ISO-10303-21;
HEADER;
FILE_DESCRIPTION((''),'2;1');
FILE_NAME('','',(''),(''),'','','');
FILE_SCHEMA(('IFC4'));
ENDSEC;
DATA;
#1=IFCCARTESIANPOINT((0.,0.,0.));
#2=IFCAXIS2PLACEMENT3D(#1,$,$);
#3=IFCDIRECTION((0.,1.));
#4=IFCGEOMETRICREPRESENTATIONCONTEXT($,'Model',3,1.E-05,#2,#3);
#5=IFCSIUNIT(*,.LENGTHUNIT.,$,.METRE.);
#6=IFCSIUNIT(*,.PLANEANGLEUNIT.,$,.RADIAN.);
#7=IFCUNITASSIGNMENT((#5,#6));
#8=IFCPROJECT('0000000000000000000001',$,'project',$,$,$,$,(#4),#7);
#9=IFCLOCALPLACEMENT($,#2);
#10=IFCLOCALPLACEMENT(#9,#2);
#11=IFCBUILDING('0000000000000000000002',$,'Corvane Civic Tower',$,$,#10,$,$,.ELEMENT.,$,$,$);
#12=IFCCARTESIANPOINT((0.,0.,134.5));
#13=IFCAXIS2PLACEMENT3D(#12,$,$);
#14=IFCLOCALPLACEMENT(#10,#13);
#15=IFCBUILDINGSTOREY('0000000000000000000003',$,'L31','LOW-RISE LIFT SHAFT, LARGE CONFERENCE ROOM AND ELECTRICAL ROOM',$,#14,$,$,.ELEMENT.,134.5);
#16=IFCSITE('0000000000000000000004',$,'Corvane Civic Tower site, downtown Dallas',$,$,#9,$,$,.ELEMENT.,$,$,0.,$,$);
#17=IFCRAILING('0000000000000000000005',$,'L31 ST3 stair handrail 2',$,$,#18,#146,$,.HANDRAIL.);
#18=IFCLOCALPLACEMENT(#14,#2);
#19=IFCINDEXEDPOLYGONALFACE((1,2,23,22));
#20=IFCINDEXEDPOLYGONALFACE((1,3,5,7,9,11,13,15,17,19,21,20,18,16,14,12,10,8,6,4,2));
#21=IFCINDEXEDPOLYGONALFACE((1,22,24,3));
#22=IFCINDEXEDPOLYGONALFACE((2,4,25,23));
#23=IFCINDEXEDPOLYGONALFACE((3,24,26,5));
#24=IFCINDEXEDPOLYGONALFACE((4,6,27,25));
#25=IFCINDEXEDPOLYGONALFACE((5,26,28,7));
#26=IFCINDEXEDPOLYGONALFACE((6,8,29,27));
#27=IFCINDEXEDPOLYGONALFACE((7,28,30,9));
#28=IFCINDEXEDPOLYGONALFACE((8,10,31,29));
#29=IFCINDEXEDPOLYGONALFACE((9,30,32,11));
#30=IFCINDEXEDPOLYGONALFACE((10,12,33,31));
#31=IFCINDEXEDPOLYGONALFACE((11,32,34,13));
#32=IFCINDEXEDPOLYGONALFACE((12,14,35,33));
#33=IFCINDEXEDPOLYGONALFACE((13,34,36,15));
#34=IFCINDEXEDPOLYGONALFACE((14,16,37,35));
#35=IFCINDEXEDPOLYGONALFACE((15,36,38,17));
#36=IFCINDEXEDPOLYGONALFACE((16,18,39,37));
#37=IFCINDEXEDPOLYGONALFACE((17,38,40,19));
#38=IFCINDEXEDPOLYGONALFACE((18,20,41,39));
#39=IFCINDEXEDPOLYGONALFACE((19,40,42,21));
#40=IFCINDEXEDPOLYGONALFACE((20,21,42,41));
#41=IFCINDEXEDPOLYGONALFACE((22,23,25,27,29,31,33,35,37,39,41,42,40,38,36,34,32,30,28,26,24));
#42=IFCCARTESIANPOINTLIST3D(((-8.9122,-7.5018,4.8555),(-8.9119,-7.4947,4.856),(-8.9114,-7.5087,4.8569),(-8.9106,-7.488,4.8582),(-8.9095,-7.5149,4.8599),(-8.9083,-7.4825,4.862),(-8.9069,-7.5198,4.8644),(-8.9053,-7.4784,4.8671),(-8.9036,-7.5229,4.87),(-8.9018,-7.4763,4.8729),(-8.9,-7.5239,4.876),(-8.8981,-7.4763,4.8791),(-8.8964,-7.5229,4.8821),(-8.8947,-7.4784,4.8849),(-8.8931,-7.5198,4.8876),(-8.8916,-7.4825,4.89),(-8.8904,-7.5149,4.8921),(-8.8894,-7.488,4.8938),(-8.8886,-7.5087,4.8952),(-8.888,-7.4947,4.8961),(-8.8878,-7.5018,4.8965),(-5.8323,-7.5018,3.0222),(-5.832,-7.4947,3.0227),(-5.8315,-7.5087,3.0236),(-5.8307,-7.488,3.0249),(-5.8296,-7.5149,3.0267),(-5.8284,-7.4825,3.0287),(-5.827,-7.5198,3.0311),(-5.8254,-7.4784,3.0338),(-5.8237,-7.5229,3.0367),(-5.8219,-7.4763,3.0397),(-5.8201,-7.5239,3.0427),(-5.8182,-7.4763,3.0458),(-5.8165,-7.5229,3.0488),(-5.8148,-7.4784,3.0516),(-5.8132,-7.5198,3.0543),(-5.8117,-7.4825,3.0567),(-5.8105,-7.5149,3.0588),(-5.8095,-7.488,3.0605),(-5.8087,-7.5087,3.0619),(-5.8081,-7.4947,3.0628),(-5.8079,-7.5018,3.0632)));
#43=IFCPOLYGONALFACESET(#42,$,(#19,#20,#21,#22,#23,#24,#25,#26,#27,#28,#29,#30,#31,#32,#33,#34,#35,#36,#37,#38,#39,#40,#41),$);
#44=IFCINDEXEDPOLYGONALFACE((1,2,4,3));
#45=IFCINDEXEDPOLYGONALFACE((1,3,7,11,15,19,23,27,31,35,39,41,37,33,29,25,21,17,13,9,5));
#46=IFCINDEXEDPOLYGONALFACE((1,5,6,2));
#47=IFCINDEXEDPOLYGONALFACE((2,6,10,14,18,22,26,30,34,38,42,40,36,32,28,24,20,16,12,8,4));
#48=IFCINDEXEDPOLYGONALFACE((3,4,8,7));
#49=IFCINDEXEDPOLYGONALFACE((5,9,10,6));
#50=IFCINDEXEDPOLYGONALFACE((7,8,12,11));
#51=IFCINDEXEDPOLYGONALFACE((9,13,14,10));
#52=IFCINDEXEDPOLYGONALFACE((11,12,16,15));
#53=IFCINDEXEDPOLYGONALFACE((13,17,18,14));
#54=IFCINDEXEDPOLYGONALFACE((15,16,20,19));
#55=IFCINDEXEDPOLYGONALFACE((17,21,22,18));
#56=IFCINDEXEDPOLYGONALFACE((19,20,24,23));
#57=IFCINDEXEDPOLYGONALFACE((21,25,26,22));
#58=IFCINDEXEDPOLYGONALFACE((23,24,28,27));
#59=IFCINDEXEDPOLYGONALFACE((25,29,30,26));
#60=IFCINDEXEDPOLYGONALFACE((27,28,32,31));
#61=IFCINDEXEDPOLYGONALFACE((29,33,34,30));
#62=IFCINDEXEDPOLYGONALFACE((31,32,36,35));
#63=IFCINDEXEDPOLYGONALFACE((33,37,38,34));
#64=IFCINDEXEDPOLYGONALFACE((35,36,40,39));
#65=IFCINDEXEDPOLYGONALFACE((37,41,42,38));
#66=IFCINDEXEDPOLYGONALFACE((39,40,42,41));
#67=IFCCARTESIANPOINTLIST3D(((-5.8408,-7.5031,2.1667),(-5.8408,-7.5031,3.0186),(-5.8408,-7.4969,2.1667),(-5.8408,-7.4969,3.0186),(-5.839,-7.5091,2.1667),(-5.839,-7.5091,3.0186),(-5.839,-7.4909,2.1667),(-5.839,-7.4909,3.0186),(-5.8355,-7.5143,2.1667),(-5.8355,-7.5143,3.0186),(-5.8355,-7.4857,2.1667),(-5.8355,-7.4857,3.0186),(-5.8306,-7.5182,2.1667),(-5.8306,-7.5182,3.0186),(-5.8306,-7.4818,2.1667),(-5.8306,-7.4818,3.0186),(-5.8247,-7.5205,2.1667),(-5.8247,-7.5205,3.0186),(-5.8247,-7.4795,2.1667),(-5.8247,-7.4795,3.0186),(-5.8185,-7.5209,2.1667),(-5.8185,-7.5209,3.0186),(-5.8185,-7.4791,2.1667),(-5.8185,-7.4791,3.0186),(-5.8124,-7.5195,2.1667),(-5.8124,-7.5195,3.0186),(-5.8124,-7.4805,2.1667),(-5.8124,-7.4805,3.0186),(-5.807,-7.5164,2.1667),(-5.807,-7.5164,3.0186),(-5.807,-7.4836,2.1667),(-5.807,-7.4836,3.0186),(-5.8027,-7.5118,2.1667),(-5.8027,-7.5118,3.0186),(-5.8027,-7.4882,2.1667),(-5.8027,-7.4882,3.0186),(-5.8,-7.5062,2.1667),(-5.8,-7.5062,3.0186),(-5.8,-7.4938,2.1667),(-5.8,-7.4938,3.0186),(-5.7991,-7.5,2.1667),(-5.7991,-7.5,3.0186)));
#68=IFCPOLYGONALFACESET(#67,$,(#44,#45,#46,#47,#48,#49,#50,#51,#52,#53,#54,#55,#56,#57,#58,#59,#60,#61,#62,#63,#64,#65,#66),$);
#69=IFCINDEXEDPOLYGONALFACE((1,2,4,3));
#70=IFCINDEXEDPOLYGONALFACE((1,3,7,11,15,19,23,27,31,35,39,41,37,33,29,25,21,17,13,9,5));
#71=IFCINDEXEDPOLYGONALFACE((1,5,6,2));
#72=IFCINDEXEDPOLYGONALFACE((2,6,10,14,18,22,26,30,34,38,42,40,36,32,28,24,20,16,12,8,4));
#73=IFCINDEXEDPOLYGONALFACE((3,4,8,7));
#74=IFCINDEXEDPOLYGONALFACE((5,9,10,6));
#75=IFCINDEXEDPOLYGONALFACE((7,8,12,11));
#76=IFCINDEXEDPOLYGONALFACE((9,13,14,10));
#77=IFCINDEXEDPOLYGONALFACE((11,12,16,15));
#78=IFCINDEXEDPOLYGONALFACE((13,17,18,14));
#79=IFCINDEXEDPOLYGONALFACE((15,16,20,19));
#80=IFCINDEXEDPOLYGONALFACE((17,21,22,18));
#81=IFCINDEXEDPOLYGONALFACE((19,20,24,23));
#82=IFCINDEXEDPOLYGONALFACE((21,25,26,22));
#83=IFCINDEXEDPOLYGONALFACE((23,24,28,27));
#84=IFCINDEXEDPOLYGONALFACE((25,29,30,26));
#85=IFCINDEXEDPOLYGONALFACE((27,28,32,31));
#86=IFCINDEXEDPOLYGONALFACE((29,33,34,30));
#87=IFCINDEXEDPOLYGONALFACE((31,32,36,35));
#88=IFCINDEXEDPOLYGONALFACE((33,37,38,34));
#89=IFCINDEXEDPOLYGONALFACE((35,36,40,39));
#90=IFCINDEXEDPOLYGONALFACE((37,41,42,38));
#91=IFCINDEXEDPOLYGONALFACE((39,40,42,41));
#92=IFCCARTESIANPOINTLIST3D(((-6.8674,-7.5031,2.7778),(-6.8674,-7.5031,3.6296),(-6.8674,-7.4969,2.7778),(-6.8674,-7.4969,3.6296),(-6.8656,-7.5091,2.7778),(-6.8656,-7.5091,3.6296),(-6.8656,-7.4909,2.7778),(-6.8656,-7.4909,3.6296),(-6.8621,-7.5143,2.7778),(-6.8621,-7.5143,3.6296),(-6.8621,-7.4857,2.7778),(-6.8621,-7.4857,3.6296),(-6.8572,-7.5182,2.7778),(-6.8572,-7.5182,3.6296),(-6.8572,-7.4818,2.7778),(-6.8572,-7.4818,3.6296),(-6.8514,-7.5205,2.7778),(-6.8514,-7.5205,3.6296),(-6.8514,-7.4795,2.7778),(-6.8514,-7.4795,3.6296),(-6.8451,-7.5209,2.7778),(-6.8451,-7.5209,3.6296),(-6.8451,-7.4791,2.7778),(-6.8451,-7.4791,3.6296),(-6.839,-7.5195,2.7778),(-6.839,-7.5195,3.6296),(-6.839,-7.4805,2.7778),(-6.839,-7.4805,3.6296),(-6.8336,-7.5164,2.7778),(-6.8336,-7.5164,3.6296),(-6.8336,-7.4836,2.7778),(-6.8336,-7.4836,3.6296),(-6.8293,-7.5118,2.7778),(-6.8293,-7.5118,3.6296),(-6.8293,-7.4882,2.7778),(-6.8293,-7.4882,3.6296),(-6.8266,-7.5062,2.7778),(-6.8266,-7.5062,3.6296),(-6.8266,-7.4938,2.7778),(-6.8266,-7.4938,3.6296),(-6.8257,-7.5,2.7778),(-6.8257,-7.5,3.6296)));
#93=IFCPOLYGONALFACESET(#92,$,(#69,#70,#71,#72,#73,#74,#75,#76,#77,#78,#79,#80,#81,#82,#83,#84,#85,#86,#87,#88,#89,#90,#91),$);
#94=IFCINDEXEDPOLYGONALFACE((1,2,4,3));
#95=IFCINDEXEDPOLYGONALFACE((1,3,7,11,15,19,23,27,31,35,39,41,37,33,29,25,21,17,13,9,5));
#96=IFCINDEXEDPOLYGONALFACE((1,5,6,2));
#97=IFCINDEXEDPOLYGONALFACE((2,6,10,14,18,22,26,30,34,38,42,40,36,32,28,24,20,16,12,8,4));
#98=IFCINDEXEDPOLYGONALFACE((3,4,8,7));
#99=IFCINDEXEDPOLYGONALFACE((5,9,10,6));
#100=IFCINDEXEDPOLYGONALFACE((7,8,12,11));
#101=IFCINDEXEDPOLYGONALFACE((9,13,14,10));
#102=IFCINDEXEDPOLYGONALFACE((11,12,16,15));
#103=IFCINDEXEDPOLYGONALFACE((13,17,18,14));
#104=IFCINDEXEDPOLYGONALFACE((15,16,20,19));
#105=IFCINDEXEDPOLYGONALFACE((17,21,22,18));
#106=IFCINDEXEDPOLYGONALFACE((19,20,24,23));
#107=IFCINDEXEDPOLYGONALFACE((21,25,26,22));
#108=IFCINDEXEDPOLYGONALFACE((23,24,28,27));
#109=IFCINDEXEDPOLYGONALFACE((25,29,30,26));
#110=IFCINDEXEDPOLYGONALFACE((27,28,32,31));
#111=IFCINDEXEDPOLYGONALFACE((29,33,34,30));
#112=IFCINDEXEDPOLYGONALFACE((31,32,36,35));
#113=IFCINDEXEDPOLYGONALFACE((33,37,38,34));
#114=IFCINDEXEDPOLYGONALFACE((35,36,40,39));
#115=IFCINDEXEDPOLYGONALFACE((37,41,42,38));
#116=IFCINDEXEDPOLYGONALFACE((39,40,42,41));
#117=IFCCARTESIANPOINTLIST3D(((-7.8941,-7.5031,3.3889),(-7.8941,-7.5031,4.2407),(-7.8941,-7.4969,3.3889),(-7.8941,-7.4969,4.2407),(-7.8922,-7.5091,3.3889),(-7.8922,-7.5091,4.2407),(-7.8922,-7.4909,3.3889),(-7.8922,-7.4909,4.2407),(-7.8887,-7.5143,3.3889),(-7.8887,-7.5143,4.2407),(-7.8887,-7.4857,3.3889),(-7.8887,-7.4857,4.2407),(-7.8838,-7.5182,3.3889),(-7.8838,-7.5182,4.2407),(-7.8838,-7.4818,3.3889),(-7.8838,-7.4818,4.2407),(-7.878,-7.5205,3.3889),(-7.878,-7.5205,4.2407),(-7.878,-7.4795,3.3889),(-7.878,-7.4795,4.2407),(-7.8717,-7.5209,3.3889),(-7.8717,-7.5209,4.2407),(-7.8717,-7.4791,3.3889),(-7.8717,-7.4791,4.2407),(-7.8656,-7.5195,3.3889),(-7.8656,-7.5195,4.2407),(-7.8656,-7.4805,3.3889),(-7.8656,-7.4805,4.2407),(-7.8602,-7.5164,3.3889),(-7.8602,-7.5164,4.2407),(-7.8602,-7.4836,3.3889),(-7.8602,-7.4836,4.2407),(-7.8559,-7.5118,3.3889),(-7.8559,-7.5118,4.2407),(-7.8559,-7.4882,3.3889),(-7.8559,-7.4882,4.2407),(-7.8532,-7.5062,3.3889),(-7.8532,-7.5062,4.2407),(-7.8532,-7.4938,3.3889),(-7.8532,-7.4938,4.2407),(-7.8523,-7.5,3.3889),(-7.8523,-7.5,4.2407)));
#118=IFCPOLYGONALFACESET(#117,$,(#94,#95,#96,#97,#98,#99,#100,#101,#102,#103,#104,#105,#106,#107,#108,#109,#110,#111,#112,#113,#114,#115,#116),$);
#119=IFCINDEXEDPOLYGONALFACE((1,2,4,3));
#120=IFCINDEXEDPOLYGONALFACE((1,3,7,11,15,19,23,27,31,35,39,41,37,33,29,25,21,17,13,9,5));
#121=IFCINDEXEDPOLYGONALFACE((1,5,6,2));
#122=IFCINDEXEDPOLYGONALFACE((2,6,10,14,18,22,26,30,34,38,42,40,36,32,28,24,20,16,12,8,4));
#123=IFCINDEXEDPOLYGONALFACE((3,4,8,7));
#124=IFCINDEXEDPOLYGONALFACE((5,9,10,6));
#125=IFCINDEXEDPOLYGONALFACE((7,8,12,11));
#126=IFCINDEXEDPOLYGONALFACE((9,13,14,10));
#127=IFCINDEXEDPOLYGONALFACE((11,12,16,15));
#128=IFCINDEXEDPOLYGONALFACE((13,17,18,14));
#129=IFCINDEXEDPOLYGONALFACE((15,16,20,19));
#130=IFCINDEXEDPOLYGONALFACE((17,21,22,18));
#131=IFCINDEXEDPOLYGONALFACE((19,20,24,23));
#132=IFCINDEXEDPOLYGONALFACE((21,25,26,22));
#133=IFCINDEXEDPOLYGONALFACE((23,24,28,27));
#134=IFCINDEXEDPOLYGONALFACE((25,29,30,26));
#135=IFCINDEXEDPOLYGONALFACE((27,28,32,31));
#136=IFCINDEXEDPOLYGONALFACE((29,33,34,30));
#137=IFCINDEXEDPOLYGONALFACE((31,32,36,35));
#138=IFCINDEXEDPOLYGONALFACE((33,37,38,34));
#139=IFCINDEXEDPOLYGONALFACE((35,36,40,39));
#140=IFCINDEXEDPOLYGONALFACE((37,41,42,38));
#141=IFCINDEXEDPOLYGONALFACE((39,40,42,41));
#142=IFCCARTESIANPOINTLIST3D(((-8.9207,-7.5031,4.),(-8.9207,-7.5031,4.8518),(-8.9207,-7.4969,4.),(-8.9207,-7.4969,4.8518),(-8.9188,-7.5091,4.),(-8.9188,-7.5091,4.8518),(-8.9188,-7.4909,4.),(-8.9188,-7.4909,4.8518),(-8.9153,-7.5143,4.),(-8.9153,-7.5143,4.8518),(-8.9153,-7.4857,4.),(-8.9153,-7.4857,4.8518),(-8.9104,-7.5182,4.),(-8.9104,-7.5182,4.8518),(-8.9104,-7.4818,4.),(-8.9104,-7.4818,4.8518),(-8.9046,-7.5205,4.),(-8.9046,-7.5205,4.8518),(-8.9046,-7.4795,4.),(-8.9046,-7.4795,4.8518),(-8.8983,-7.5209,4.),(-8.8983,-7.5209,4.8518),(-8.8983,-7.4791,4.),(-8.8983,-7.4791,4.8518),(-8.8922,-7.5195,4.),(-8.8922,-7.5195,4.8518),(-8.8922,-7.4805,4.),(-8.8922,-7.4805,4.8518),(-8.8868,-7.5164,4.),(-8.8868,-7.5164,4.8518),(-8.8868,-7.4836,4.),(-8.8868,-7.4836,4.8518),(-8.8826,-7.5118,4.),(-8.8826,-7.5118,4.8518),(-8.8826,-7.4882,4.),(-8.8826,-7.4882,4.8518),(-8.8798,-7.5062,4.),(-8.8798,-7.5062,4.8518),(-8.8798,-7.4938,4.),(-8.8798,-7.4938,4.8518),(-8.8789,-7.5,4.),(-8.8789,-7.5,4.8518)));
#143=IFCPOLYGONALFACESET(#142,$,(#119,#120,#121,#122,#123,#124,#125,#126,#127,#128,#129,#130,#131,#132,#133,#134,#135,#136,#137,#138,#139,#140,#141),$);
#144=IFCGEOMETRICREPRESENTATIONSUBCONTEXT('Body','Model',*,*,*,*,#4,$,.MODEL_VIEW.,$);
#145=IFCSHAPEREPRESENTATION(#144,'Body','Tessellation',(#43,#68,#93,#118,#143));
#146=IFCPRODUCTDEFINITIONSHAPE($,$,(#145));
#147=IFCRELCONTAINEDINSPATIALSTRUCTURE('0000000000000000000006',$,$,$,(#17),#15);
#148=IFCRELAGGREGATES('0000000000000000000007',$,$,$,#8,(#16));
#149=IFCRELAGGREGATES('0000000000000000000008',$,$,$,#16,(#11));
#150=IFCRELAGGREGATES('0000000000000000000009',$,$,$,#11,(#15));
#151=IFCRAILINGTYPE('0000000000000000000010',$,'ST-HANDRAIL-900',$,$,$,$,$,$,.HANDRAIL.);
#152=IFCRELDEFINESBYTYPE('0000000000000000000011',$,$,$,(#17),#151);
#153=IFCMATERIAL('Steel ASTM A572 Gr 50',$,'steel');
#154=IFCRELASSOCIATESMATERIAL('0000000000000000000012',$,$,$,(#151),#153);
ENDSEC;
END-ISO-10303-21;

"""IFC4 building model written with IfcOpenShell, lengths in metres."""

from ifc_helpers import new_model, si_unit, direction, frame, origin, origin_2d, place, context, subcontext, project, spatial, circle, extrude, material, type_object, element, save


model = new_model("IFC4")

# Units and contexts
model_context = context("Model", 3, precision=1e-05, world=origin(), true_north=direction((0.0, 1.0)))
body_context = subcontext(model_context, "Body", "Model", "MODEL_VIEW")
ifc_project = project(units=[si_unit("LENGTHUNIT", "METRE"), si_unit("PLANEANGLEUNIT", "RADIAN")], contexts=[model_context])

# Site, building, storey
site_placement = place(None, origin())
site = spatial("IfcSite", under=ifc_project, at=site_placement, Name="Corvane Civic Tower site, downtown Dallas", CompositionType="ELEMENT", RefElevation=0.0)
building_placement = place(site_placement, origin())
building = spatial("IfcBuilding", under=site, at=building_placement, Name="Corvane Civic Tower", CompositionType="ELEMENT")
storey_placement = place(building_placement, frame((0.0, 0.0, 134.5)))
storey = spatial("IfcBuildingStorey", under=building, at=storey_placement, Name="L31", Description="LOW-RISE LIFT SHAFT, LARGE CONFERENCE ROOM AND ELECTRICAL ROOM", CompositionType="ELEMENT", Elevation=134.5)

# Railing
ifc_material_1 = material(Name="Steel ASTM A572 Gr 50", Category="steel")
railing_type = type_object("IfcRailingType", Name="ST-HANDRAIL-900", PredefinedType="HANDRAIL", material=ifc_material_1)
railing_placement = place(storey_placement, frame((-5.8201, -7.5, 2.1667)))
element("IfcRailing", 1, at=railing_placement, inside=storey, type_object=railing_type, Name="L31 ST3 stair handrail 2", PredefinedType="HANDRAIL", context=body_context, shape_type="SweptSolid", body=[
    extrude(circle(Radius=0.0239, at=origin_2d()), frame((0.0, 0.0, 0.876), z_axis=(-0.859291, 0.0, 0.511487), x_axis=(0.0, -1.0, 0.0)), (0.0, 0.0, 1.0), 3.5842),
    extrude(circle(Radius=0.021, at=origin_2d()), origin(), (0.0, 0.0, 1.0), 0.8518),
    extrude(circle(Radius=0.021, at=origin_2d()), frame((-1.0266, 0.0, 0.6111)), (0.0, 0.0, 1.0), 0.8518),
    extrude(circle(Radius=0.021, at=origin_2d()), frame((-2.0532, 0.0, 1.2222)), (0.0, 0.0, 1.0), 0.8518),
    extrude(circle(Radius=0.021, at=origin_2d()), frame((-3.0798, 0.0, 1.8333)), (0.0, 0.0, 1.0), 0.8518),
])

save(model, "model.ifc")
